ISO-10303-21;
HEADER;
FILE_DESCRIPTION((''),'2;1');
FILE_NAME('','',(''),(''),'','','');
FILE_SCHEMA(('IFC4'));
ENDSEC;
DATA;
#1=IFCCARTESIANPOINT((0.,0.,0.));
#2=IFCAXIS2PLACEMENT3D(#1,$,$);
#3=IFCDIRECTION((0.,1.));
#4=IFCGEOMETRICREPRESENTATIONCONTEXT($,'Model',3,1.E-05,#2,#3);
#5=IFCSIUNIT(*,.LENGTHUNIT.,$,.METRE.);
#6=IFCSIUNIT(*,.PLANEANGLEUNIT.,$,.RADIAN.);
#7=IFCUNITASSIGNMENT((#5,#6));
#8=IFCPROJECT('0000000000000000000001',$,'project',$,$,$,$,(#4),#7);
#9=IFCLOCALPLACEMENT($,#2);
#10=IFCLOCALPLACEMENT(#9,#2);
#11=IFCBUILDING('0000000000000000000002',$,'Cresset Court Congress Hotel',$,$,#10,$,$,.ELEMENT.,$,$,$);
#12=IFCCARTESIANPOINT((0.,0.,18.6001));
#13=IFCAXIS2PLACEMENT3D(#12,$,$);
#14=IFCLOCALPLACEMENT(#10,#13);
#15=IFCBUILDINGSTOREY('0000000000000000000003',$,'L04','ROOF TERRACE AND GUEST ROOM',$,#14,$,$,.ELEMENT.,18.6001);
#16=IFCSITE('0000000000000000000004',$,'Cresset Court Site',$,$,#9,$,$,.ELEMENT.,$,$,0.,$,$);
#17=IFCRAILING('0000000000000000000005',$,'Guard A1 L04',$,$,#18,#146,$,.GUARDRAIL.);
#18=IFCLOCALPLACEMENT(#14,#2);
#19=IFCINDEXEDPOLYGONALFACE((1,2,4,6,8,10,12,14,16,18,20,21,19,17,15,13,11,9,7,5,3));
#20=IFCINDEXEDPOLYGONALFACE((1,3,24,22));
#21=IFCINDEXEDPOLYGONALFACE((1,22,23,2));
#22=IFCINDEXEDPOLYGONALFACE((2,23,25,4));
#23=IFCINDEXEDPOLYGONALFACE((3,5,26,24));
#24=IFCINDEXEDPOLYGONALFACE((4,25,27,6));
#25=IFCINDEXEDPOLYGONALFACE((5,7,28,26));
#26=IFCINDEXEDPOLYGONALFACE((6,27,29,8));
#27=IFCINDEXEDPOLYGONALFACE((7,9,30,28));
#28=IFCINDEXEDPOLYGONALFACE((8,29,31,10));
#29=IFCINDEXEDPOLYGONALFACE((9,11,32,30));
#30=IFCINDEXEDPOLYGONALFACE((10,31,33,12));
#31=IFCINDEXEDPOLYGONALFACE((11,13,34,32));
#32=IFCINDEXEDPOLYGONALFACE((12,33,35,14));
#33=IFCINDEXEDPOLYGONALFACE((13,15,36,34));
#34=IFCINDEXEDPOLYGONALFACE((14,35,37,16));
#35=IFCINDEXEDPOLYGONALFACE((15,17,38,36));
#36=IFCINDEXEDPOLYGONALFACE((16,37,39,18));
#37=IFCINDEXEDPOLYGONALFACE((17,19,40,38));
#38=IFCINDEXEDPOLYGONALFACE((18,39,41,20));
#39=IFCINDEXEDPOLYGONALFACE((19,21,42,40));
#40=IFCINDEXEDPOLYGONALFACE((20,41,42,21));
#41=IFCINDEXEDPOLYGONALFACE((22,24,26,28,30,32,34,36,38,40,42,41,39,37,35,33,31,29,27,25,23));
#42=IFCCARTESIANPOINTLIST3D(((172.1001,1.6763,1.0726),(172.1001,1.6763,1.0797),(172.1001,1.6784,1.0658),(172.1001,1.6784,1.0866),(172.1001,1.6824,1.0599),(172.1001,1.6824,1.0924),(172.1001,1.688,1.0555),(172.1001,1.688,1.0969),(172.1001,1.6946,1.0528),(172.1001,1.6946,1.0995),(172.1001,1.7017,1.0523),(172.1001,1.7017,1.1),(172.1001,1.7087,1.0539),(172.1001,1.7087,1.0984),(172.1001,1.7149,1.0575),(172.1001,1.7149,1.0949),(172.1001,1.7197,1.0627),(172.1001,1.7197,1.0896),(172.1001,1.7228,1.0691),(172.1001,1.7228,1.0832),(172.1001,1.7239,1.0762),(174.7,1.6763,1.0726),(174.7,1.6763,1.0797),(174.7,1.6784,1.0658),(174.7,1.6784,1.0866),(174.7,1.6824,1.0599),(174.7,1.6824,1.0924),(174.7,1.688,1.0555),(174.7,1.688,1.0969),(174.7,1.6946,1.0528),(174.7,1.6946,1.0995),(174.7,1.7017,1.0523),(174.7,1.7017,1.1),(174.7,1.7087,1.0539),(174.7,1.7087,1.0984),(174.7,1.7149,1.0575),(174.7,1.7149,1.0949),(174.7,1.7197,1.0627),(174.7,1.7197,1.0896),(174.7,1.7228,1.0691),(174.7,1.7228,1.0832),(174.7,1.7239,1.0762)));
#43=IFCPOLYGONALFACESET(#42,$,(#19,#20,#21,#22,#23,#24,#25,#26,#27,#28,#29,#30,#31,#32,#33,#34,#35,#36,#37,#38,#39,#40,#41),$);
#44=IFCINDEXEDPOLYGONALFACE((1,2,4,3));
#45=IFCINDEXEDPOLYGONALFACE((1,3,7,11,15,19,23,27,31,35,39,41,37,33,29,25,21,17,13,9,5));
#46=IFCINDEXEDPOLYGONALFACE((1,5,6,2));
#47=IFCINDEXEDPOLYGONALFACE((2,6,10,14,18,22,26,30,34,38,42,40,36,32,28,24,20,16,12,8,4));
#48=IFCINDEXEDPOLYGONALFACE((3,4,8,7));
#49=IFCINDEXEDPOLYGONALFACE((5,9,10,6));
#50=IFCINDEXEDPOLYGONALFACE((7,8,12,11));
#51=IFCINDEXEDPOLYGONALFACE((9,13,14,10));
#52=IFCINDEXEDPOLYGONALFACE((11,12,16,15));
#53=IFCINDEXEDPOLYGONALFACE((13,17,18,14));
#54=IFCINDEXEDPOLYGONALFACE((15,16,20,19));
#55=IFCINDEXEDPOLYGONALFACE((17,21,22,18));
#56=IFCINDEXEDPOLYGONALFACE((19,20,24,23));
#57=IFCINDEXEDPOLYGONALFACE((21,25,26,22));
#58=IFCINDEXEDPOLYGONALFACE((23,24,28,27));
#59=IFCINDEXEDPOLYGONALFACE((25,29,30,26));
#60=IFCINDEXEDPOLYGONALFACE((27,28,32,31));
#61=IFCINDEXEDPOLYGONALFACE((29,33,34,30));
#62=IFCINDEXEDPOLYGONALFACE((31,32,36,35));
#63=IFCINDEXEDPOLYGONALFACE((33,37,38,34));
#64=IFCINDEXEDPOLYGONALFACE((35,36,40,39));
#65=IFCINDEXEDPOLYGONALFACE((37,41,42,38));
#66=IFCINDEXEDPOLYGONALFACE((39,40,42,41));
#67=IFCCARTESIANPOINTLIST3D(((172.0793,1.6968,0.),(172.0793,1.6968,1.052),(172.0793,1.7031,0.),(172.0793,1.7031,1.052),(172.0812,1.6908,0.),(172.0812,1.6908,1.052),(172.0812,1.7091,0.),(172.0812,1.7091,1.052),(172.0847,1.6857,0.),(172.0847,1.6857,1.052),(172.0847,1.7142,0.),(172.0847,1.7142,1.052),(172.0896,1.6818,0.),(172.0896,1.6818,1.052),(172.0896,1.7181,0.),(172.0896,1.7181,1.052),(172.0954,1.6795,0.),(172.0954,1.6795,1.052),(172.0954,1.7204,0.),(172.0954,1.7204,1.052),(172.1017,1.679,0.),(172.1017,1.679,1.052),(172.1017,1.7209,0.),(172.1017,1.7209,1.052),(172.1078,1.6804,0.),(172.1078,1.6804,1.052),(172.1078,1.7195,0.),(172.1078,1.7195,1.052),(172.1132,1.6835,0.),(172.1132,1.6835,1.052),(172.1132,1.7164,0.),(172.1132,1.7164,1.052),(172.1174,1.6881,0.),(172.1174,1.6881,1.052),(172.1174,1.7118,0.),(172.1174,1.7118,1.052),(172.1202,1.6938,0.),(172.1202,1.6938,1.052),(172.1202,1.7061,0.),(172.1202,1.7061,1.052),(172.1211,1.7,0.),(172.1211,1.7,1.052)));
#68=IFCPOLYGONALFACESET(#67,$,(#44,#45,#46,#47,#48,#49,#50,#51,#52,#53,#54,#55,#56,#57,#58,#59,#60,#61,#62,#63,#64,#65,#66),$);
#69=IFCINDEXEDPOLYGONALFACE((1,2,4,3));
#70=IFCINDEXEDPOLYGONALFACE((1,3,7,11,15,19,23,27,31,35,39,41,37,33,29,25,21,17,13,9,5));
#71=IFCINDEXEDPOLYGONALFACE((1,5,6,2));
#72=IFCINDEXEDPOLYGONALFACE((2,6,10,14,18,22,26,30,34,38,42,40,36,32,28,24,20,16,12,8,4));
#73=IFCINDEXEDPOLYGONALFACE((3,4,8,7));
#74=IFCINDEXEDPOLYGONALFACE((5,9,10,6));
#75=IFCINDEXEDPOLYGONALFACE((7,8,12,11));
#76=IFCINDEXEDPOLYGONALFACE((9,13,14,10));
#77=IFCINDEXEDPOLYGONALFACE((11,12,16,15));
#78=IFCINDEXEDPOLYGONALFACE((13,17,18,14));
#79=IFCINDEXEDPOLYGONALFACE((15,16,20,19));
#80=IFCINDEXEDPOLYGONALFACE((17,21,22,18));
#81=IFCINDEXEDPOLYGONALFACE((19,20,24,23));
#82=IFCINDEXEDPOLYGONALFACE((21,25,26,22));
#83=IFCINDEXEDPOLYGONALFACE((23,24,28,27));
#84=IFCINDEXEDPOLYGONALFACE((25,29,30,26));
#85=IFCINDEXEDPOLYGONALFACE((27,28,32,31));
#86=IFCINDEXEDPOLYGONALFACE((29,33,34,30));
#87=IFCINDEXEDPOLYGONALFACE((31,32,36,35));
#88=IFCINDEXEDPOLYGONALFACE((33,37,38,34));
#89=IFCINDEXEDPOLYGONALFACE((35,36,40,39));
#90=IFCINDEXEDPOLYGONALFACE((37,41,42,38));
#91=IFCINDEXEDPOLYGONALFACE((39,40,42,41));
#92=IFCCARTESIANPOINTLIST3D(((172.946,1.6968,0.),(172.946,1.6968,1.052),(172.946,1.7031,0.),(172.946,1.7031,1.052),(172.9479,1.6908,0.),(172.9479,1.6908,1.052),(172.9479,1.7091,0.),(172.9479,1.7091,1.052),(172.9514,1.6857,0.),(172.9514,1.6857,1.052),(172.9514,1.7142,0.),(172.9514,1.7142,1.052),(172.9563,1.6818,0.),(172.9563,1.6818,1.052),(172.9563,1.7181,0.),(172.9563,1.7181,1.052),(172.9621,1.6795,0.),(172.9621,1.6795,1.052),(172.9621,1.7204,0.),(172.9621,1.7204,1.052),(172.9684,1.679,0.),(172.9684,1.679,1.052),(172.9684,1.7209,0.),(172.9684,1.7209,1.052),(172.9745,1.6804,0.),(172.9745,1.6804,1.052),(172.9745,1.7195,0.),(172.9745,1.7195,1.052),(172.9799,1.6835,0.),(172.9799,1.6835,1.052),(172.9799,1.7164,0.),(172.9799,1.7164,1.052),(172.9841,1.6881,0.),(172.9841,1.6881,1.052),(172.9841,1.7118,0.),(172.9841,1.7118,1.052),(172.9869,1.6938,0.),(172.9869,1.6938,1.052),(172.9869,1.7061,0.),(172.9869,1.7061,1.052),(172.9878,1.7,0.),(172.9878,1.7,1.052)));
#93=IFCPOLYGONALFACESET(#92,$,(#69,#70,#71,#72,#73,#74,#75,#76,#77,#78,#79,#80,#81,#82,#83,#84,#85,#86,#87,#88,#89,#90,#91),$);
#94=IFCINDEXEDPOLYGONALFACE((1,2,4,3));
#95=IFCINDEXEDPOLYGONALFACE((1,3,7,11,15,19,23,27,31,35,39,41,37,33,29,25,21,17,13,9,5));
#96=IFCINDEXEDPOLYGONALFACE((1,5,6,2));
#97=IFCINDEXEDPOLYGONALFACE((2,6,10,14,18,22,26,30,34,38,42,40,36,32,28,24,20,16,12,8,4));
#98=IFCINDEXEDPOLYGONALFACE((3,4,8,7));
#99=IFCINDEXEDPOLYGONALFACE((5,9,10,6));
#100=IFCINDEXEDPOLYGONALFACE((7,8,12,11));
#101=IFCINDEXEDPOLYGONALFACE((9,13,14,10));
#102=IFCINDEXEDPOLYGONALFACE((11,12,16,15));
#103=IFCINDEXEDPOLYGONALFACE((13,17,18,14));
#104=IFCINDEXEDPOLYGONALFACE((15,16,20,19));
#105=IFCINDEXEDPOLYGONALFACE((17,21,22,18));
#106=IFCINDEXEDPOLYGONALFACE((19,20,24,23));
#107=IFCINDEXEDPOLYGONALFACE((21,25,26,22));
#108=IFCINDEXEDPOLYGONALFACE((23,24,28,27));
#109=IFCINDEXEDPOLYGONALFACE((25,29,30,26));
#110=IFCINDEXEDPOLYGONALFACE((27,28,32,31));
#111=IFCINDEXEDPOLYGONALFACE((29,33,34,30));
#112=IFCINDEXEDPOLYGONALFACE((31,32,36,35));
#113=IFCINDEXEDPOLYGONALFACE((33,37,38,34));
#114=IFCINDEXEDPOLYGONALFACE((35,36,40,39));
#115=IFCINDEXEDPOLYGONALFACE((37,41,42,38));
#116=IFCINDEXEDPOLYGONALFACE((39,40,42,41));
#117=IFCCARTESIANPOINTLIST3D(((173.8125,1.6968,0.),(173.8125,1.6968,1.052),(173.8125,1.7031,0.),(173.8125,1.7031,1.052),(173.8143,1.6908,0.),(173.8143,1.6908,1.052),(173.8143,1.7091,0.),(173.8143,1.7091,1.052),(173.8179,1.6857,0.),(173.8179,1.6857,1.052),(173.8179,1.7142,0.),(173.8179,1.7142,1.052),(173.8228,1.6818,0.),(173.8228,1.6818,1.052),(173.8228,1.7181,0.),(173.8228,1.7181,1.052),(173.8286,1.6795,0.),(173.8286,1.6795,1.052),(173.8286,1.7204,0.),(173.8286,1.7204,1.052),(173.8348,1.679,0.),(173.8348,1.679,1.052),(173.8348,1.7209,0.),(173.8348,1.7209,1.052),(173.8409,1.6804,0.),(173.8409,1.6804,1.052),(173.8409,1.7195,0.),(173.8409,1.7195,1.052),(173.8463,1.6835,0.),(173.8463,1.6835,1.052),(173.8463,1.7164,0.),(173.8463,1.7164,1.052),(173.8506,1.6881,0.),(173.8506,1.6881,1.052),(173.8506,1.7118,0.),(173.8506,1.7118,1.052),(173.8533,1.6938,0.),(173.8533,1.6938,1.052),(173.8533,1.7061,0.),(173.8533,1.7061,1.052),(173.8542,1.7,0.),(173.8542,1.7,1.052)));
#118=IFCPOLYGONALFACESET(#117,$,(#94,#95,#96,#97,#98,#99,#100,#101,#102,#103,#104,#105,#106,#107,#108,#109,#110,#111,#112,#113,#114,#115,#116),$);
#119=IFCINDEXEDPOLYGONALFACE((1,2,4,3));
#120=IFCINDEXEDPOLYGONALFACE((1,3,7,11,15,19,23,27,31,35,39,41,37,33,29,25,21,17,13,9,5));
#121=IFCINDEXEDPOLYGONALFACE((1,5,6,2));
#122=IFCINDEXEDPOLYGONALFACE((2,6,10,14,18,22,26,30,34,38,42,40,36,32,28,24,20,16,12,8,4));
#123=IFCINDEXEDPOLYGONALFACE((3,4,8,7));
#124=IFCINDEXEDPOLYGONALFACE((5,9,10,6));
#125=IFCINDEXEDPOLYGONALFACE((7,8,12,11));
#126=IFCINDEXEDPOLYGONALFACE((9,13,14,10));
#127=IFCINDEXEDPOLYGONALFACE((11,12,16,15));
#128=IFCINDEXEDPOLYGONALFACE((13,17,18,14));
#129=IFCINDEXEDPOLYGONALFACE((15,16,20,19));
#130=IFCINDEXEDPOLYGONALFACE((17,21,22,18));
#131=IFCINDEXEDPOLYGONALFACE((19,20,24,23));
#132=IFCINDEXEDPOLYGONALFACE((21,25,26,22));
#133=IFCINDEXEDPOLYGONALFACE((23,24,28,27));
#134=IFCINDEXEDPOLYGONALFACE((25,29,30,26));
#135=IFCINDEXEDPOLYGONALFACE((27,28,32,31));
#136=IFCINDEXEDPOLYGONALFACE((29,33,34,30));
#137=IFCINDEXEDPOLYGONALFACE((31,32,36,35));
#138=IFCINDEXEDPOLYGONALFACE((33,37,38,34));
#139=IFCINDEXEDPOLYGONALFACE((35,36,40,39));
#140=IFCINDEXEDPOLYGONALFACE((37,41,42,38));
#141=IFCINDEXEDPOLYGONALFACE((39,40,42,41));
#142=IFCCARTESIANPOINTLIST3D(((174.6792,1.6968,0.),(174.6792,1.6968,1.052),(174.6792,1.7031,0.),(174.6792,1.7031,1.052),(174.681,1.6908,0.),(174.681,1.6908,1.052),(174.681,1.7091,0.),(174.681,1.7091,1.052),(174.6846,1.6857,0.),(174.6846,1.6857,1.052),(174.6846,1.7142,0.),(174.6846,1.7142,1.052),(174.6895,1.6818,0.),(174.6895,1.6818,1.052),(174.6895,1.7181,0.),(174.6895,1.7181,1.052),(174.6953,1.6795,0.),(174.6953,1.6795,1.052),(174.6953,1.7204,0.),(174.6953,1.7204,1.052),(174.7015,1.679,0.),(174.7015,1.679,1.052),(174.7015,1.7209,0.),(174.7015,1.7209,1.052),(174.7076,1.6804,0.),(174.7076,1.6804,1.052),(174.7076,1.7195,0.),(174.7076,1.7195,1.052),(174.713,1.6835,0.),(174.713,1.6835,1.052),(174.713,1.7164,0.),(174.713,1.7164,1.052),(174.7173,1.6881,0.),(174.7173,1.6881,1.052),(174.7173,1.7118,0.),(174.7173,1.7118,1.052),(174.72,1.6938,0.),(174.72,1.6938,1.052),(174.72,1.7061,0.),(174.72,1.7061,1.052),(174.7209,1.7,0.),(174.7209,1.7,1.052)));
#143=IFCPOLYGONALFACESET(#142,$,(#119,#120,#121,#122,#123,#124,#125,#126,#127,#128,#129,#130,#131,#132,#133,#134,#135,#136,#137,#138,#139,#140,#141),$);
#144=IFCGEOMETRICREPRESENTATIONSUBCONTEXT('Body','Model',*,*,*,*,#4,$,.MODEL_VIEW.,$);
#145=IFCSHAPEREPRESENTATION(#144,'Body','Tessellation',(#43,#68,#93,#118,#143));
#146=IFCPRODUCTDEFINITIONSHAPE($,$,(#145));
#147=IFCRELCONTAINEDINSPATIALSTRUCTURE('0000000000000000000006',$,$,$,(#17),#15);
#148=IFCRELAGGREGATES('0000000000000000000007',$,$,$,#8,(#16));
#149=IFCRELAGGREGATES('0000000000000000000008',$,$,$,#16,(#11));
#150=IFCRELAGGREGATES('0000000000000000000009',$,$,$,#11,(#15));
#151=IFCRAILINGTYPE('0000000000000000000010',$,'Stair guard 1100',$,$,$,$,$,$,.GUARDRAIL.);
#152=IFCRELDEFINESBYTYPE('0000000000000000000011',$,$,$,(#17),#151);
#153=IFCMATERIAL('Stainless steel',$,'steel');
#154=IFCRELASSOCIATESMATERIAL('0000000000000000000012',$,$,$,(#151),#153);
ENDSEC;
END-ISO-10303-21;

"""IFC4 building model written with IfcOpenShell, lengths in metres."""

from ifc_helpers import new_model, si_unit, direction, frame, origin, origin_2d, place, context, subcontext, project, spatial, circle, extrude, material, type_object, element, save


model = new_model("IFC4")

# Units and contexts
model_context = context("Model", 3, precision=1e-05, world=origin(), true_north=direction((0.0, 1.0)))
body_context = subcontext(model_context, "Body", "Model", "MODEL_VIEW")
ifc_project = project(units=[si_unit("LENGTHUNIT", "METRE"), si_unit("PLANEANGLEUNIT", "RADIAN")], contexts=[model_context])

# Site, building, storey
site_placement = place(None, origin())
site = spatial("IfcSite", under=ifc_project, at=site_placement, Name="Cresset Court Site", CompositionType="ELEMENT", RefElevation=0.0)
building_placement = place(site_placement, origin())
building = spatial("IfcBuilding", under=site, at=building_placement, Name="Cresset Court Congress Hotel", CompositionType="ELEMENT")
storey_placement = place(building_placement, frame((0.0, 0.0, 18.6001)))
storey = spatial("IfcBuildingStorey", under=building, at=storey_placement, Name="L04", Description="ROOF TERRACE AND GUEST ROOM", CompositionType="ELEMENT", Elevation=18.6001)

# Railing
ifc_material_1 = material(Name="Stainless steel", Category="steel")
railing_type_1 = type_object("IfcRailingType", Name="Stair guard 1100", PredefinedType="GUARDRAIL", material=ifc_material_1)
for number, where, name in (
    (1, (172.1001, 1.7, 0.0), "Guard A1 L04"),
):
    element("IfcRailing", number, at=place(storey_placement, frame(where)), inside=storey, type_object=railing_type_1, Name=name, PredefinedType="GUARDRAIL", context=body_context, shape_type="SweptSolid", body=[
        extrude(circle(Radius=0.0239, at=origin_2d()), frame((0.0, 0.0, 1.0762), z_axis=(1.0, 0.0, 0.0), x_axis=(0.0, 1.0, 0.0)), (0.0, 0.0, 1.0), 2.5999),
        extrude(circle(Radius=0.021, at=origin_2d()), origin(), (0.0, 0.0, 1.0), 1.052),
        extrude(circle(Radius=0.021, at=origin_2d()), frame((0.8667, 0.0, 0.0)), (0.0, 0.0, 1.0), 1.052),
        extrude(circle(Radius=0.021, at=origin_2d()), frame((1.7332, 0.0, 0.0)), (0.0, 0.0, 1.0), 1.052),
        extrude(circle(Radius=0.021, at=origin_2d()), frame((2.5999, 0.0, 0.0)), (0.0, 0.0, 1.0), 1.052),
    ])

save(model, "model.ifc")
